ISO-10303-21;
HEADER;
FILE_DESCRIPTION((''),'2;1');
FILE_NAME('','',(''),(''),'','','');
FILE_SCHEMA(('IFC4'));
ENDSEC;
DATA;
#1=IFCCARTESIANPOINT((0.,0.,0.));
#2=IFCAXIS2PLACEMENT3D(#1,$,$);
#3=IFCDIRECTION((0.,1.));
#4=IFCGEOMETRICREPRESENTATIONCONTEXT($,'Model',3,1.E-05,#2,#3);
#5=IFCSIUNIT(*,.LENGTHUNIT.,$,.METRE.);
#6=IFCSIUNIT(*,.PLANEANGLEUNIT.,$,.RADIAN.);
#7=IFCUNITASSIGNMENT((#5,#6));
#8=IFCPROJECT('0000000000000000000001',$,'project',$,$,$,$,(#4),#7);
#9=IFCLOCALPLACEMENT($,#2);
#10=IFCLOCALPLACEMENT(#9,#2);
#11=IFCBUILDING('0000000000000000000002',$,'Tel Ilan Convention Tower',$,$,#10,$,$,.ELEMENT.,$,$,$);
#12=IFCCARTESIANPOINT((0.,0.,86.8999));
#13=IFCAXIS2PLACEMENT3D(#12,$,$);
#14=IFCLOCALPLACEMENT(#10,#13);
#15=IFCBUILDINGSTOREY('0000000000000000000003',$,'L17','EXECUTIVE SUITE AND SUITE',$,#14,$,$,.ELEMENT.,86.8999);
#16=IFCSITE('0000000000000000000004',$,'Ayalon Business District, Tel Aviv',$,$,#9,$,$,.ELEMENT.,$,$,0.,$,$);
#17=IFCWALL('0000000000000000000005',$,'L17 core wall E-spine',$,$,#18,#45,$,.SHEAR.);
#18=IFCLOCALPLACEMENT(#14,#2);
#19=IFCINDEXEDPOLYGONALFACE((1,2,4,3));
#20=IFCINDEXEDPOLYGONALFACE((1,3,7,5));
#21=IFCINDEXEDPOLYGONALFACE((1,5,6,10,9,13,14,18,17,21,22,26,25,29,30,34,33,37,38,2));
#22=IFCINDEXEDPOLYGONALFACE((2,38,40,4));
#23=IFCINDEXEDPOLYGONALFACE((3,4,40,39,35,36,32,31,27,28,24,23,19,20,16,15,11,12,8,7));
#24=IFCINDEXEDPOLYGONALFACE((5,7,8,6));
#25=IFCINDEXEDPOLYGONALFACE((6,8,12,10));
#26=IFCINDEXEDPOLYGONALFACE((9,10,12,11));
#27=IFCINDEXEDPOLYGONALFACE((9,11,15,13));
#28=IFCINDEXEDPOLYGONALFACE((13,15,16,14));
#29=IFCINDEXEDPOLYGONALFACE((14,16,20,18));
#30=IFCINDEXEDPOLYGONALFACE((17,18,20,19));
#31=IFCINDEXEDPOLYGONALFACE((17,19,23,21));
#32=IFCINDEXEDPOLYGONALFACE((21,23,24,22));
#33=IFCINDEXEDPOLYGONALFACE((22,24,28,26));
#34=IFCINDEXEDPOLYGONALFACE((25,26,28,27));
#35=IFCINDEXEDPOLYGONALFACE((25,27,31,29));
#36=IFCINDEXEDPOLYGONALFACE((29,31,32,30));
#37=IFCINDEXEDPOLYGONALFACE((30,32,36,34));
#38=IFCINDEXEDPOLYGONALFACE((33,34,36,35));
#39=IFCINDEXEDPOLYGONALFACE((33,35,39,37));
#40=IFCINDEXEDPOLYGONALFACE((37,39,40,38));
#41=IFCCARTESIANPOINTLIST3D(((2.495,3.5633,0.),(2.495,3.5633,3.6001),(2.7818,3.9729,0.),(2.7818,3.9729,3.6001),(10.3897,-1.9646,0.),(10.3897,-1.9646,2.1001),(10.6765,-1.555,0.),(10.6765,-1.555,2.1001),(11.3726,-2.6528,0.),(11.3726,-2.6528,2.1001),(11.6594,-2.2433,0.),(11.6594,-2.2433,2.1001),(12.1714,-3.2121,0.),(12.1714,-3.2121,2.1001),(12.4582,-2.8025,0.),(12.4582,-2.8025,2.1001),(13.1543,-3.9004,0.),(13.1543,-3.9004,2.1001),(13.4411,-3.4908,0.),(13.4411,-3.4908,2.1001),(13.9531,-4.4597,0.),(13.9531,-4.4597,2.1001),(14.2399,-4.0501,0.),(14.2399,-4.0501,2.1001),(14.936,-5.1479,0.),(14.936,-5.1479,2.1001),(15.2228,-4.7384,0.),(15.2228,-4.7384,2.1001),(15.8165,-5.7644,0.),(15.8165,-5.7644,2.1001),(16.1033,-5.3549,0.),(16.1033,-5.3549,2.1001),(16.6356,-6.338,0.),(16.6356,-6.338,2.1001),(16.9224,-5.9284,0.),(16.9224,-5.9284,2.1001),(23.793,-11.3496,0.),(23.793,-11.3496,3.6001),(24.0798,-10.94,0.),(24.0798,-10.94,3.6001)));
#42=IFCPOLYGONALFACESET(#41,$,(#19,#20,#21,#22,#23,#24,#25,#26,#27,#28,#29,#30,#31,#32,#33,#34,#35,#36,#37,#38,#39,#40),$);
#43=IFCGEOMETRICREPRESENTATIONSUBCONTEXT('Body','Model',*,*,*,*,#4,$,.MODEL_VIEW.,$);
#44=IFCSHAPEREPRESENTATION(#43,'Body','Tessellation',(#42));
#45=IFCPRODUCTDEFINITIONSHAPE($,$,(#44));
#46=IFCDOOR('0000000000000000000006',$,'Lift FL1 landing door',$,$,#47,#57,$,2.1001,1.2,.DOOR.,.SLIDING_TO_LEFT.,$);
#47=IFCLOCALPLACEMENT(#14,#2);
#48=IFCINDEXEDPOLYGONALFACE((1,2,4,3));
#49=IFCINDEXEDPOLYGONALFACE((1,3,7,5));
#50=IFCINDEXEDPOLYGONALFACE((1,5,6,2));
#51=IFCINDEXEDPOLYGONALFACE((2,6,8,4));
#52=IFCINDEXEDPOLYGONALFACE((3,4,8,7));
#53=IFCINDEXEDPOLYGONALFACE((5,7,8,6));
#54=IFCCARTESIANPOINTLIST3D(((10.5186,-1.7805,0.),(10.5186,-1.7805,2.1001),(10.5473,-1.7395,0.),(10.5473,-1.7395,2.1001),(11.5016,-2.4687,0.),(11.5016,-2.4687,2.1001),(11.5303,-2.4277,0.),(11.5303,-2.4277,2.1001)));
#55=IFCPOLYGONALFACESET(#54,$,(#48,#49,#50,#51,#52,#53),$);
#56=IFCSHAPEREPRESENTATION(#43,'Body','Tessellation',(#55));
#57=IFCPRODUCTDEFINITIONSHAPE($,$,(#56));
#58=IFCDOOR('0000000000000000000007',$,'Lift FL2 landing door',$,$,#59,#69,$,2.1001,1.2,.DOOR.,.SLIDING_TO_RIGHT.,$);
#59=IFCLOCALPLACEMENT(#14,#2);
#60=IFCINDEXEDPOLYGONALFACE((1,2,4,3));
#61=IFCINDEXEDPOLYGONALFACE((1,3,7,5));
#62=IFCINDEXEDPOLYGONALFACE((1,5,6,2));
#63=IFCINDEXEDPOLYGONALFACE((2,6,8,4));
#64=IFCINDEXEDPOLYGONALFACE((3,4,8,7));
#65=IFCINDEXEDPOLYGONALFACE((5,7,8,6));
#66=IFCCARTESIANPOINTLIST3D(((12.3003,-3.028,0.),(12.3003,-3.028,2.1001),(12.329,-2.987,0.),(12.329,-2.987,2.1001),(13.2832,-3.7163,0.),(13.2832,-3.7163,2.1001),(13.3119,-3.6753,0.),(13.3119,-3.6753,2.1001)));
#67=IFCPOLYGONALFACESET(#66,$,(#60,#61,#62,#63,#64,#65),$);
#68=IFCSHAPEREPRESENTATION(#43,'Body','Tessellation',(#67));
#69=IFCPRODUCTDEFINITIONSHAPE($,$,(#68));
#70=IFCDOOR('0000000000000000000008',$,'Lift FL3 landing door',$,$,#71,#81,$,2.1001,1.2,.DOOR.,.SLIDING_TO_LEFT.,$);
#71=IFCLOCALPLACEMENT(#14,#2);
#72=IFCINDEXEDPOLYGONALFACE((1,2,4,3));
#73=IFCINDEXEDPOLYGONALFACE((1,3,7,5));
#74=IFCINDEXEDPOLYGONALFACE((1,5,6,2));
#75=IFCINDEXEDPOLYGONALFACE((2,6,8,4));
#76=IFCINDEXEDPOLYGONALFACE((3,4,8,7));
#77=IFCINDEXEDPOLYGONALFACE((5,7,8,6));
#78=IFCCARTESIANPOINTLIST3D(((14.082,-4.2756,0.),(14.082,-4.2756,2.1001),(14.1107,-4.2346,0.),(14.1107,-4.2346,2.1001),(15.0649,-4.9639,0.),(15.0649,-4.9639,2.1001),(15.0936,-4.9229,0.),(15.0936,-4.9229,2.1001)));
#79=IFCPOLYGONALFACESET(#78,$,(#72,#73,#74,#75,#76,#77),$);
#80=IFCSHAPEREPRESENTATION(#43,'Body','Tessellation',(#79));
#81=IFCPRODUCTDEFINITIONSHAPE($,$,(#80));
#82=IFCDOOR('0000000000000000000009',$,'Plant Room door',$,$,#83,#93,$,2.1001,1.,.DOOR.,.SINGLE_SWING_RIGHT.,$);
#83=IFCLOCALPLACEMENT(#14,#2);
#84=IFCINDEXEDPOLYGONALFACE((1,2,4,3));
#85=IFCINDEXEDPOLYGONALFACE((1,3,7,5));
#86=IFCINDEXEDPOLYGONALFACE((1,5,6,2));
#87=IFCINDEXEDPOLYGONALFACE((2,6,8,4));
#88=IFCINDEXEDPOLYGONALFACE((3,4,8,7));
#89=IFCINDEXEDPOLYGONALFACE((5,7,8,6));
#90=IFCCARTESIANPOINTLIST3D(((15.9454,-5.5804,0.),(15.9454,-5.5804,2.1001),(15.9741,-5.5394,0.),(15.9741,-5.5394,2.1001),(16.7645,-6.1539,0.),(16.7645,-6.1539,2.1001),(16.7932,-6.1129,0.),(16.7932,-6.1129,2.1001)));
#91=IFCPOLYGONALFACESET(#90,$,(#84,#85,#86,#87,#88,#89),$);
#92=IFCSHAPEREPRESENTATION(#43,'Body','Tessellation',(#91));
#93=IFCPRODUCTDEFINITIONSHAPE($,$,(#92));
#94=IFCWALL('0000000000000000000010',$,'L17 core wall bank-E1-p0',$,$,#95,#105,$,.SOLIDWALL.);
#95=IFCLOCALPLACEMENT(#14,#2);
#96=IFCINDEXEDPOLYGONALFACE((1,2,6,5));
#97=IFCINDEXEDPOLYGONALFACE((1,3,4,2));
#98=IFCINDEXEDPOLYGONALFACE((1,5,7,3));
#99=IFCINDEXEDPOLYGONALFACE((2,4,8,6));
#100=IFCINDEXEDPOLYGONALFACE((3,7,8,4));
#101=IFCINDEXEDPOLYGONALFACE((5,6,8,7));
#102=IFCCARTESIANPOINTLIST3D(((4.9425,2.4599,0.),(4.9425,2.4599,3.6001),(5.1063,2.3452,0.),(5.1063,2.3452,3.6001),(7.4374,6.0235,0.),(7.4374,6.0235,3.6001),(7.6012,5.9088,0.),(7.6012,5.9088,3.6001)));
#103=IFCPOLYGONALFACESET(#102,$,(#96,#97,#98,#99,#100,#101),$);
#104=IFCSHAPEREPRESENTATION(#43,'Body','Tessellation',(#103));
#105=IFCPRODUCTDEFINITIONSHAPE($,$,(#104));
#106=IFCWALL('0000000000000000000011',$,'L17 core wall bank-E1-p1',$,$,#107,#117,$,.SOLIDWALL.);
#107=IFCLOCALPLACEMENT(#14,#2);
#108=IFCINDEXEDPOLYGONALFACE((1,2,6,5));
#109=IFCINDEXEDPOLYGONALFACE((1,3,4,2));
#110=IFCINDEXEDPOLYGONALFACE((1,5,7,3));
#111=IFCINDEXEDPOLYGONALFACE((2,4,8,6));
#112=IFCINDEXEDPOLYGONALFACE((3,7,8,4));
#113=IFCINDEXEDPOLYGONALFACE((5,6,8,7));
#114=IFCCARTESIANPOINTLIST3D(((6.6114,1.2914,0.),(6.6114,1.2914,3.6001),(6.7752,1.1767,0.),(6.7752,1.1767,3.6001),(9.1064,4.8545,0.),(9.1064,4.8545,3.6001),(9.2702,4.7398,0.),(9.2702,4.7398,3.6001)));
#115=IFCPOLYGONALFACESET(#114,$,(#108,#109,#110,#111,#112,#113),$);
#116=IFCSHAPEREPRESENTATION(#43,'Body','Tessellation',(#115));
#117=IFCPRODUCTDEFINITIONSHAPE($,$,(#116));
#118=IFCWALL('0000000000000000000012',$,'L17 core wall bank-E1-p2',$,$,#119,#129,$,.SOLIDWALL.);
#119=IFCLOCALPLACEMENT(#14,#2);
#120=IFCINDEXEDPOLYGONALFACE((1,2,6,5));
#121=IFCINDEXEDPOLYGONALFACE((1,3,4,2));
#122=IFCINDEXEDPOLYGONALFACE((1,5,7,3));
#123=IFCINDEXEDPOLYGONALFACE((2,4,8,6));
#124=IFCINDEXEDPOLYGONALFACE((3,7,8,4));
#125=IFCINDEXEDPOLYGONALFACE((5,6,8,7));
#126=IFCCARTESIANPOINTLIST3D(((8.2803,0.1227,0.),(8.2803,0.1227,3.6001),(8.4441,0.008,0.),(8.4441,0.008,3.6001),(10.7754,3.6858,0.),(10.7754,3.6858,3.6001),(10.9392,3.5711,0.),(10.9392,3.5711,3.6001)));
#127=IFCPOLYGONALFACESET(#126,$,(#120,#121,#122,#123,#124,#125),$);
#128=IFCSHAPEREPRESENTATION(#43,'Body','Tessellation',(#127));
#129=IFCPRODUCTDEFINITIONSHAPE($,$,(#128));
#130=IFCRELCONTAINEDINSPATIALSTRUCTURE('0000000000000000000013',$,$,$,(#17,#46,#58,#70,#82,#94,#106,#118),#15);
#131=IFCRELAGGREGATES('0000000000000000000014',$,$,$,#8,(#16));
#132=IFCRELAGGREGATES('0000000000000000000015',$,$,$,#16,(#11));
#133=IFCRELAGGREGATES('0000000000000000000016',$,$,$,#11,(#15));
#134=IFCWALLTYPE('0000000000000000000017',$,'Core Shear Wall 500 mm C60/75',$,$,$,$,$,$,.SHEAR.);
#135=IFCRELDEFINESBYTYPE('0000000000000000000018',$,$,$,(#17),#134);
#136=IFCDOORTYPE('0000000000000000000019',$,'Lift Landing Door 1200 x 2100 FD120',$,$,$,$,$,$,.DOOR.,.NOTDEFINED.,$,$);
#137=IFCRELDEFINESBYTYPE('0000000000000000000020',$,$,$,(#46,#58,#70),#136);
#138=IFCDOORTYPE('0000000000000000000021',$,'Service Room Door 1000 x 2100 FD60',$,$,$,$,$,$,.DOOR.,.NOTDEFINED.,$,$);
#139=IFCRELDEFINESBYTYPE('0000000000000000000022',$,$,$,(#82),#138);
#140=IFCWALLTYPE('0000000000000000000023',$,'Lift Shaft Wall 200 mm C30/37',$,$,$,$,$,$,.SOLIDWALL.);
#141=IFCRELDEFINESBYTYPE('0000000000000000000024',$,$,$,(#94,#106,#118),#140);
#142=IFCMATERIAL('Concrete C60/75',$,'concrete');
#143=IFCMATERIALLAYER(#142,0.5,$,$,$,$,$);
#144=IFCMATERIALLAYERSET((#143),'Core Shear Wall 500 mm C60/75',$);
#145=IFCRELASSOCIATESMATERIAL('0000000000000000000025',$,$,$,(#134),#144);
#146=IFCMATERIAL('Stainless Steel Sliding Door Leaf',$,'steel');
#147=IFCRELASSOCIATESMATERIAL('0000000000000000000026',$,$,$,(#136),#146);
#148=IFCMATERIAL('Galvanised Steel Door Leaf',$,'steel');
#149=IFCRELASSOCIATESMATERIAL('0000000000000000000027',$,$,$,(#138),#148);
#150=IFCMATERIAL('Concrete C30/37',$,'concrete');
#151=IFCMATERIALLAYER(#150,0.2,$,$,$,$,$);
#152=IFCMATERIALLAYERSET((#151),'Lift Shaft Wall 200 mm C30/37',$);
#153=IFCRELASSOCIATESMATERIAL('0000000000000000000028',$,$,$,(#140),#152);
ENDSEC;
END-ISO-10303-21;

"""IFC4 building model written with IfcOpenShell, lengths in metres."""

from ifc_helpers import new_model, si_unit, direction, frame, frame_2d, origin, place, context, subcontext, project, spatial, polyline, rectangle, outline, extrude, material, layer, layer_set, type_object, element, fill, save


model = new_model("IFC4")

# Units and contexts
model_context = context("Model", 3, precision=1e-05, world=origin(), true_north=direction((0.0, 1.0)))
body_context = subcontext(model_context, "Body", "Model", "MODEL_VIEW")
ifc_project = project(units=[si_unit("LENGTHUNIT", "METRE"), si_unit("PLANEANGLEUNIT", "RADIAN")], contexts=[model_context])

# Site, building, storey
site_placement = place(None, origin())
site = spatial("IfcSite", under=ifc_project, at=site_placement, Name="Ayalon Business District, Tel Aviv", CompositionType="ELEMENT", RefElevation=0.0)
building_placement = place(site_placement, origin())
building = spatial("IfcBuilding", under=site, at=building_placement, Name="Tel Ilan Convention Tower", CompositionType="ELEMENT")
storey_placement = place(building_placement, frame((0.0, 0.0, 86.8999)))
storey = spatial("IfcBuildingStorey", under=building, at=storey_placement, Name="L17", Description="EXECUTIVE SUITE AND SUITE", CompositionType="ELEMENT", Elevation=86.8999)

# Wall, openings, doors
ifc_material_1 = material(Name="Concrete C60/75", Category="concrete")
ifc_layer_1 = layer(ifc_material_1, 0.5)
ifc_layer_set_1 = layer_set([ifc_layer_1], Name="Core Shear Wall 500 mm C60/75")
wall_type_1 = type_object("IfcWallType", Name="Core Shear Wall 500 mm C60/75", PredefinedType="SHEAR", material=ifc_layer_set_1)
wall_1_placement = place(storey_placement, frame((2.6384, 3.7681, 0.0), z_axis=(0.0, 0.0, 1.0), x_axis=(0.819149, -0.573581, 0.0)))
wall_1 = element("IfcWall", 1, at=wall_1_placement, inside=storey, type_object=wall_type_1, Name="L17 core wall E-spine", PredefinedType="SHEAR", context=body_context, shape_type="SweptSolid", body=[
    extrude(outline(polyline([(0.0, 0.25), (0.0, -0.25), (26.0, -0.2498), (26.0, 0.2502), (0.0, 0.25)])), origin(), (0.0, 0.0, 1.0), 3.6001),
])
opening_1_placement = place(wall_1_placement, frame((9.6375, 0.0, 0.0)))
opening_1 = element("IfcOpeningElement", 2, at=opening_1_placement, cuts=wall_1, PredefinedType="OPENING", context=body_context, shape_type="SweptSolid", body=[
    extrude(rectangle(XDim=1.2, YDim=2.1001, at=frame_2d((0.6001, 1.05))), frame((0.0, 0.26, 0.0), z_axis=(0.0, -1.0, 0.0), x_axis=(1.0, 0.0, 0.0)), (0.0, 0.0, 1.0), 0.52),
])
opening_2_placement = place(wall_1_placement, frame((11.8125, 0.0, 0.0)))
opening_2 = element("IfcOpeningElement", 3, at=opening_2_placement, cuts=wall_1, PredefinedType="OPENING", context=body_context, shape_type="SweptSolid", body=[
    extrude(rectangle(XDim=1.2, YDim=2.1001, at=frame_2d((0.6001, 1.05))), frame((0.0, 0.26, 0.0), z_axis=(0.0, -1.0, 0.0), x_axis=(1.0, 0.0, 0.0)), (0.0, 0.0, 1.0), 0.52),
])
opening_3_placement = place(wall_1_placement, frame((13.9875, 0.0, 0.0)))
opening_3 = element("IfcOpeningElement", 4, at=opening_3_placement, cuts=wall_1, PredefinedType="OPENING", context=body_context, shape_type="SweptSolid", body=[
    extrude(rectangle(XDim=1.2, YDim=2.1001, at=frame_2d((0.6001, 1.05))), frame((0.0, 0.26, 0.0), z_axis=(0.0, -1.0, 0.0), x_axis=(1.0, 0.0, 0.0)), (0.0, 0.0, 1.0), 0.52),
])
opening_4_placement = place(wall_1_placement, frame((16.2625, 0.0, 0.0)))
opening_4 = element("IfcOpeningElement", 5, at=opening_4_placement, cuts=wall_1, PredefinedType="OPENING", context=body_context, shape_type="SweptSolid", body=[
    extrude(rectangle(XDim=1.0, YDim=2.1001, at=frame_2d((0.5, 1.05))), frame((0.0, 0.26, 0.0), z_axis=(0.0, -1.0, 0.0), x_axis=(1.0, 0.0, 0.0)), (0.0, 0.0, 1.0), 0.52),
])
ifc_material_2 = material(Name="Stainless Steel Sliding Door Leaf", Category="steel")
door_type_1 = type_object("IfcDoorType", Name="Lift Landing Door 1200 x 2100 FD120", OperationType="NOTDEFINED", PredefinedType="DOOR", material=ifc_material_2)
door_1_placement = place(opening_1_placement, origin())
door_1 = element("IfcDoor", 6, at=door_1_placement, inside=storey, type_object=door_type_1, Name="Lift FL1 landing door", OperationType="SLIDING_TO_LEFT", OverallHeight=2.1001, OverallWidth=1.2, PredefinedType="DOOR", context=body_context, shape_type="SweptSolid", body=[
    extrude(rectangle(XDim=1.2, YDim=2.1001, at=frame_2d((0.6001, 1.05))), frame((0.0, 0.0249, 0.0), z_axis=(0.0, -1.0, 0.0), x_axis=(1.0, 0.0, 0.0)), (0.0, 0.0, 1.0), 0.05),
])
fill(opening_1, door_1)
door_2_placement = place(opening_2_placement, origin())
door_2 = element("IfcDoor", 7, at=door_2_placement, inside=storey, type_object=door_type_1, Name="Lift FL2 landing door", OperationType="SLIDING_TO_RIGHT", OverallHeight=2.1001, OverallWidth=1.2, PredefinedType="DOOR", context=body_context, shape_type="SweptSolid", body=[
    extrude(rectangle(XDim=1.2, YDim=2.1001, at=frame_2d((0.6001, 1.05))), frame((0.0, 0.0249, 0.0), z_axis=(0.0, -1.0, 0.0), x_axis=(1.0, 0.0, 0.0)), (0.0, 0.0, 1.0), 0.05),
])
fill(opening_2, door_2)
door_3_placement = place(opening_3_placement, origin())
door_3 = element("IfcDoor", 8, at=door_3_placement, inside=storey, type_object=door_type_1, Name="Lift FL3 landing door", OperationType="SLIDING_TO_LEFT", OverallHeight=2.1001, OverallWidth=1.2, PredefinedType="DOOR", context=body_context, shape_type="SweptSolid", body=[
    extrude(rectangle(XDim=1.2, YDim=2.1001, at=frame_2d((0.6001, 1.05))), frame((0.0, 0.0249, 0.0), z_axis=(0.0, -1.0, 0.0), x_axis=(1.0, 0.0, 0.0)), (0.0, 0.0, 1.0), 0.05),
])
fill(opening_3, door_3)
ifc_material_3 = material(Name="Galvanised Steel Door Leaf", Category="steel")
door_type_2 = type_object("IfcDoorType", Name="Service Room Door 1000 x 2100 FD60", OperationType="NOTDEFINED", PredefinedType="DOOR", material=ifc_material_3)
door_4_placement = place(opening_4_placement, origin())
door_4 = element("IfcDoor", 9, at=door_4_placement, inside=storey, type_object=door_type_2, Name="Plant Room door", OperationType="SINGLE_SWING_RIGHT", OverallHeight=2.1001, OverallWidth=1.0, PredefinedType="DOOR", context=body_context, shape_type="SweptSolid", body=[
    extrude(rectangle(XDim=1.0, YDim=2.1001, at=frame_2d((0.5, 1.05))), frame((0.0, 0.0249, 0.0), z_axis=(0.0, -1.0, 0.0), x_axis=(1.0, 0.0, 0.0)), (0.0, 0.0, 1.0), 0.05),
])
fill(opening_4, door_4)

# Walls
ifc_material_4 = material(Name="Concrete C30/37", Category="concrete")
ifc_layer_2 = layer(ifc_material_4, 0.2)
ifc_layer_set_2 = layer_set([ifc_layer_2], Name="Lift Shaft Wall 200 mm C30/37")
wall_type_2 = type_object("IfcWallType", Name="Lift Shaft Wall 200 mm C30/37", PredefinedType="SOLIDWALL", material=ifc_layer_set_2)
wall_2_placement = place(storey_placement, frame((5.0244, 2.4026, 0.0), z_axis=(0.0, 0.0, 1.0), x_axis=(0.57353, 0.819184, 0.0)))
element("IfcWall", 10, at=wall_2_placement, inside=storey, type_object=wall_type_2, Name="L17 core wall bank-E1-p0", PredefinedType="SOLIDWALL", context=body_context, shape_type="SweptSolid", body=[
    extrude(rectangle(XDim=4.3501, YDim=0.2, at=frame_2d((2.175, 0.0))), origin(), (0.0, 0.0, 1.0), 3.6001),
])
for number, where, z_axis, x_axis, name in (
    (11, (6.6934, 1.2341, 0.0), (0.0, 0.0, 1.0), (0.573594, 0.81914, 0.0), "L17 core wall bank-E1-p1"),
    (12, (8.3623, 0.0654, 0.0), (0.0, 0.0, 1.0), (0.573594, 0.81914, 0.0), "L17 core wall bank-E1-p2"),
):
    element("IfcWall", number, at=place(storey_placement, frame(where, z_axis=z_axis, x_axis=x_axis)), inside=storey, type_object=wall_type_2, Name=name, PredefinedType="SOLIDWALL", context=body_context, shape_type="SweptSolid", body=[
        extrude(rectangle(XDim=4.3499, YDim=0.2, at=frame_2d((2.1748, 0.0))), origin(), (0.0, 0.0, 1.0), 3.6001),
    ])

save(model, "model.ifc")
